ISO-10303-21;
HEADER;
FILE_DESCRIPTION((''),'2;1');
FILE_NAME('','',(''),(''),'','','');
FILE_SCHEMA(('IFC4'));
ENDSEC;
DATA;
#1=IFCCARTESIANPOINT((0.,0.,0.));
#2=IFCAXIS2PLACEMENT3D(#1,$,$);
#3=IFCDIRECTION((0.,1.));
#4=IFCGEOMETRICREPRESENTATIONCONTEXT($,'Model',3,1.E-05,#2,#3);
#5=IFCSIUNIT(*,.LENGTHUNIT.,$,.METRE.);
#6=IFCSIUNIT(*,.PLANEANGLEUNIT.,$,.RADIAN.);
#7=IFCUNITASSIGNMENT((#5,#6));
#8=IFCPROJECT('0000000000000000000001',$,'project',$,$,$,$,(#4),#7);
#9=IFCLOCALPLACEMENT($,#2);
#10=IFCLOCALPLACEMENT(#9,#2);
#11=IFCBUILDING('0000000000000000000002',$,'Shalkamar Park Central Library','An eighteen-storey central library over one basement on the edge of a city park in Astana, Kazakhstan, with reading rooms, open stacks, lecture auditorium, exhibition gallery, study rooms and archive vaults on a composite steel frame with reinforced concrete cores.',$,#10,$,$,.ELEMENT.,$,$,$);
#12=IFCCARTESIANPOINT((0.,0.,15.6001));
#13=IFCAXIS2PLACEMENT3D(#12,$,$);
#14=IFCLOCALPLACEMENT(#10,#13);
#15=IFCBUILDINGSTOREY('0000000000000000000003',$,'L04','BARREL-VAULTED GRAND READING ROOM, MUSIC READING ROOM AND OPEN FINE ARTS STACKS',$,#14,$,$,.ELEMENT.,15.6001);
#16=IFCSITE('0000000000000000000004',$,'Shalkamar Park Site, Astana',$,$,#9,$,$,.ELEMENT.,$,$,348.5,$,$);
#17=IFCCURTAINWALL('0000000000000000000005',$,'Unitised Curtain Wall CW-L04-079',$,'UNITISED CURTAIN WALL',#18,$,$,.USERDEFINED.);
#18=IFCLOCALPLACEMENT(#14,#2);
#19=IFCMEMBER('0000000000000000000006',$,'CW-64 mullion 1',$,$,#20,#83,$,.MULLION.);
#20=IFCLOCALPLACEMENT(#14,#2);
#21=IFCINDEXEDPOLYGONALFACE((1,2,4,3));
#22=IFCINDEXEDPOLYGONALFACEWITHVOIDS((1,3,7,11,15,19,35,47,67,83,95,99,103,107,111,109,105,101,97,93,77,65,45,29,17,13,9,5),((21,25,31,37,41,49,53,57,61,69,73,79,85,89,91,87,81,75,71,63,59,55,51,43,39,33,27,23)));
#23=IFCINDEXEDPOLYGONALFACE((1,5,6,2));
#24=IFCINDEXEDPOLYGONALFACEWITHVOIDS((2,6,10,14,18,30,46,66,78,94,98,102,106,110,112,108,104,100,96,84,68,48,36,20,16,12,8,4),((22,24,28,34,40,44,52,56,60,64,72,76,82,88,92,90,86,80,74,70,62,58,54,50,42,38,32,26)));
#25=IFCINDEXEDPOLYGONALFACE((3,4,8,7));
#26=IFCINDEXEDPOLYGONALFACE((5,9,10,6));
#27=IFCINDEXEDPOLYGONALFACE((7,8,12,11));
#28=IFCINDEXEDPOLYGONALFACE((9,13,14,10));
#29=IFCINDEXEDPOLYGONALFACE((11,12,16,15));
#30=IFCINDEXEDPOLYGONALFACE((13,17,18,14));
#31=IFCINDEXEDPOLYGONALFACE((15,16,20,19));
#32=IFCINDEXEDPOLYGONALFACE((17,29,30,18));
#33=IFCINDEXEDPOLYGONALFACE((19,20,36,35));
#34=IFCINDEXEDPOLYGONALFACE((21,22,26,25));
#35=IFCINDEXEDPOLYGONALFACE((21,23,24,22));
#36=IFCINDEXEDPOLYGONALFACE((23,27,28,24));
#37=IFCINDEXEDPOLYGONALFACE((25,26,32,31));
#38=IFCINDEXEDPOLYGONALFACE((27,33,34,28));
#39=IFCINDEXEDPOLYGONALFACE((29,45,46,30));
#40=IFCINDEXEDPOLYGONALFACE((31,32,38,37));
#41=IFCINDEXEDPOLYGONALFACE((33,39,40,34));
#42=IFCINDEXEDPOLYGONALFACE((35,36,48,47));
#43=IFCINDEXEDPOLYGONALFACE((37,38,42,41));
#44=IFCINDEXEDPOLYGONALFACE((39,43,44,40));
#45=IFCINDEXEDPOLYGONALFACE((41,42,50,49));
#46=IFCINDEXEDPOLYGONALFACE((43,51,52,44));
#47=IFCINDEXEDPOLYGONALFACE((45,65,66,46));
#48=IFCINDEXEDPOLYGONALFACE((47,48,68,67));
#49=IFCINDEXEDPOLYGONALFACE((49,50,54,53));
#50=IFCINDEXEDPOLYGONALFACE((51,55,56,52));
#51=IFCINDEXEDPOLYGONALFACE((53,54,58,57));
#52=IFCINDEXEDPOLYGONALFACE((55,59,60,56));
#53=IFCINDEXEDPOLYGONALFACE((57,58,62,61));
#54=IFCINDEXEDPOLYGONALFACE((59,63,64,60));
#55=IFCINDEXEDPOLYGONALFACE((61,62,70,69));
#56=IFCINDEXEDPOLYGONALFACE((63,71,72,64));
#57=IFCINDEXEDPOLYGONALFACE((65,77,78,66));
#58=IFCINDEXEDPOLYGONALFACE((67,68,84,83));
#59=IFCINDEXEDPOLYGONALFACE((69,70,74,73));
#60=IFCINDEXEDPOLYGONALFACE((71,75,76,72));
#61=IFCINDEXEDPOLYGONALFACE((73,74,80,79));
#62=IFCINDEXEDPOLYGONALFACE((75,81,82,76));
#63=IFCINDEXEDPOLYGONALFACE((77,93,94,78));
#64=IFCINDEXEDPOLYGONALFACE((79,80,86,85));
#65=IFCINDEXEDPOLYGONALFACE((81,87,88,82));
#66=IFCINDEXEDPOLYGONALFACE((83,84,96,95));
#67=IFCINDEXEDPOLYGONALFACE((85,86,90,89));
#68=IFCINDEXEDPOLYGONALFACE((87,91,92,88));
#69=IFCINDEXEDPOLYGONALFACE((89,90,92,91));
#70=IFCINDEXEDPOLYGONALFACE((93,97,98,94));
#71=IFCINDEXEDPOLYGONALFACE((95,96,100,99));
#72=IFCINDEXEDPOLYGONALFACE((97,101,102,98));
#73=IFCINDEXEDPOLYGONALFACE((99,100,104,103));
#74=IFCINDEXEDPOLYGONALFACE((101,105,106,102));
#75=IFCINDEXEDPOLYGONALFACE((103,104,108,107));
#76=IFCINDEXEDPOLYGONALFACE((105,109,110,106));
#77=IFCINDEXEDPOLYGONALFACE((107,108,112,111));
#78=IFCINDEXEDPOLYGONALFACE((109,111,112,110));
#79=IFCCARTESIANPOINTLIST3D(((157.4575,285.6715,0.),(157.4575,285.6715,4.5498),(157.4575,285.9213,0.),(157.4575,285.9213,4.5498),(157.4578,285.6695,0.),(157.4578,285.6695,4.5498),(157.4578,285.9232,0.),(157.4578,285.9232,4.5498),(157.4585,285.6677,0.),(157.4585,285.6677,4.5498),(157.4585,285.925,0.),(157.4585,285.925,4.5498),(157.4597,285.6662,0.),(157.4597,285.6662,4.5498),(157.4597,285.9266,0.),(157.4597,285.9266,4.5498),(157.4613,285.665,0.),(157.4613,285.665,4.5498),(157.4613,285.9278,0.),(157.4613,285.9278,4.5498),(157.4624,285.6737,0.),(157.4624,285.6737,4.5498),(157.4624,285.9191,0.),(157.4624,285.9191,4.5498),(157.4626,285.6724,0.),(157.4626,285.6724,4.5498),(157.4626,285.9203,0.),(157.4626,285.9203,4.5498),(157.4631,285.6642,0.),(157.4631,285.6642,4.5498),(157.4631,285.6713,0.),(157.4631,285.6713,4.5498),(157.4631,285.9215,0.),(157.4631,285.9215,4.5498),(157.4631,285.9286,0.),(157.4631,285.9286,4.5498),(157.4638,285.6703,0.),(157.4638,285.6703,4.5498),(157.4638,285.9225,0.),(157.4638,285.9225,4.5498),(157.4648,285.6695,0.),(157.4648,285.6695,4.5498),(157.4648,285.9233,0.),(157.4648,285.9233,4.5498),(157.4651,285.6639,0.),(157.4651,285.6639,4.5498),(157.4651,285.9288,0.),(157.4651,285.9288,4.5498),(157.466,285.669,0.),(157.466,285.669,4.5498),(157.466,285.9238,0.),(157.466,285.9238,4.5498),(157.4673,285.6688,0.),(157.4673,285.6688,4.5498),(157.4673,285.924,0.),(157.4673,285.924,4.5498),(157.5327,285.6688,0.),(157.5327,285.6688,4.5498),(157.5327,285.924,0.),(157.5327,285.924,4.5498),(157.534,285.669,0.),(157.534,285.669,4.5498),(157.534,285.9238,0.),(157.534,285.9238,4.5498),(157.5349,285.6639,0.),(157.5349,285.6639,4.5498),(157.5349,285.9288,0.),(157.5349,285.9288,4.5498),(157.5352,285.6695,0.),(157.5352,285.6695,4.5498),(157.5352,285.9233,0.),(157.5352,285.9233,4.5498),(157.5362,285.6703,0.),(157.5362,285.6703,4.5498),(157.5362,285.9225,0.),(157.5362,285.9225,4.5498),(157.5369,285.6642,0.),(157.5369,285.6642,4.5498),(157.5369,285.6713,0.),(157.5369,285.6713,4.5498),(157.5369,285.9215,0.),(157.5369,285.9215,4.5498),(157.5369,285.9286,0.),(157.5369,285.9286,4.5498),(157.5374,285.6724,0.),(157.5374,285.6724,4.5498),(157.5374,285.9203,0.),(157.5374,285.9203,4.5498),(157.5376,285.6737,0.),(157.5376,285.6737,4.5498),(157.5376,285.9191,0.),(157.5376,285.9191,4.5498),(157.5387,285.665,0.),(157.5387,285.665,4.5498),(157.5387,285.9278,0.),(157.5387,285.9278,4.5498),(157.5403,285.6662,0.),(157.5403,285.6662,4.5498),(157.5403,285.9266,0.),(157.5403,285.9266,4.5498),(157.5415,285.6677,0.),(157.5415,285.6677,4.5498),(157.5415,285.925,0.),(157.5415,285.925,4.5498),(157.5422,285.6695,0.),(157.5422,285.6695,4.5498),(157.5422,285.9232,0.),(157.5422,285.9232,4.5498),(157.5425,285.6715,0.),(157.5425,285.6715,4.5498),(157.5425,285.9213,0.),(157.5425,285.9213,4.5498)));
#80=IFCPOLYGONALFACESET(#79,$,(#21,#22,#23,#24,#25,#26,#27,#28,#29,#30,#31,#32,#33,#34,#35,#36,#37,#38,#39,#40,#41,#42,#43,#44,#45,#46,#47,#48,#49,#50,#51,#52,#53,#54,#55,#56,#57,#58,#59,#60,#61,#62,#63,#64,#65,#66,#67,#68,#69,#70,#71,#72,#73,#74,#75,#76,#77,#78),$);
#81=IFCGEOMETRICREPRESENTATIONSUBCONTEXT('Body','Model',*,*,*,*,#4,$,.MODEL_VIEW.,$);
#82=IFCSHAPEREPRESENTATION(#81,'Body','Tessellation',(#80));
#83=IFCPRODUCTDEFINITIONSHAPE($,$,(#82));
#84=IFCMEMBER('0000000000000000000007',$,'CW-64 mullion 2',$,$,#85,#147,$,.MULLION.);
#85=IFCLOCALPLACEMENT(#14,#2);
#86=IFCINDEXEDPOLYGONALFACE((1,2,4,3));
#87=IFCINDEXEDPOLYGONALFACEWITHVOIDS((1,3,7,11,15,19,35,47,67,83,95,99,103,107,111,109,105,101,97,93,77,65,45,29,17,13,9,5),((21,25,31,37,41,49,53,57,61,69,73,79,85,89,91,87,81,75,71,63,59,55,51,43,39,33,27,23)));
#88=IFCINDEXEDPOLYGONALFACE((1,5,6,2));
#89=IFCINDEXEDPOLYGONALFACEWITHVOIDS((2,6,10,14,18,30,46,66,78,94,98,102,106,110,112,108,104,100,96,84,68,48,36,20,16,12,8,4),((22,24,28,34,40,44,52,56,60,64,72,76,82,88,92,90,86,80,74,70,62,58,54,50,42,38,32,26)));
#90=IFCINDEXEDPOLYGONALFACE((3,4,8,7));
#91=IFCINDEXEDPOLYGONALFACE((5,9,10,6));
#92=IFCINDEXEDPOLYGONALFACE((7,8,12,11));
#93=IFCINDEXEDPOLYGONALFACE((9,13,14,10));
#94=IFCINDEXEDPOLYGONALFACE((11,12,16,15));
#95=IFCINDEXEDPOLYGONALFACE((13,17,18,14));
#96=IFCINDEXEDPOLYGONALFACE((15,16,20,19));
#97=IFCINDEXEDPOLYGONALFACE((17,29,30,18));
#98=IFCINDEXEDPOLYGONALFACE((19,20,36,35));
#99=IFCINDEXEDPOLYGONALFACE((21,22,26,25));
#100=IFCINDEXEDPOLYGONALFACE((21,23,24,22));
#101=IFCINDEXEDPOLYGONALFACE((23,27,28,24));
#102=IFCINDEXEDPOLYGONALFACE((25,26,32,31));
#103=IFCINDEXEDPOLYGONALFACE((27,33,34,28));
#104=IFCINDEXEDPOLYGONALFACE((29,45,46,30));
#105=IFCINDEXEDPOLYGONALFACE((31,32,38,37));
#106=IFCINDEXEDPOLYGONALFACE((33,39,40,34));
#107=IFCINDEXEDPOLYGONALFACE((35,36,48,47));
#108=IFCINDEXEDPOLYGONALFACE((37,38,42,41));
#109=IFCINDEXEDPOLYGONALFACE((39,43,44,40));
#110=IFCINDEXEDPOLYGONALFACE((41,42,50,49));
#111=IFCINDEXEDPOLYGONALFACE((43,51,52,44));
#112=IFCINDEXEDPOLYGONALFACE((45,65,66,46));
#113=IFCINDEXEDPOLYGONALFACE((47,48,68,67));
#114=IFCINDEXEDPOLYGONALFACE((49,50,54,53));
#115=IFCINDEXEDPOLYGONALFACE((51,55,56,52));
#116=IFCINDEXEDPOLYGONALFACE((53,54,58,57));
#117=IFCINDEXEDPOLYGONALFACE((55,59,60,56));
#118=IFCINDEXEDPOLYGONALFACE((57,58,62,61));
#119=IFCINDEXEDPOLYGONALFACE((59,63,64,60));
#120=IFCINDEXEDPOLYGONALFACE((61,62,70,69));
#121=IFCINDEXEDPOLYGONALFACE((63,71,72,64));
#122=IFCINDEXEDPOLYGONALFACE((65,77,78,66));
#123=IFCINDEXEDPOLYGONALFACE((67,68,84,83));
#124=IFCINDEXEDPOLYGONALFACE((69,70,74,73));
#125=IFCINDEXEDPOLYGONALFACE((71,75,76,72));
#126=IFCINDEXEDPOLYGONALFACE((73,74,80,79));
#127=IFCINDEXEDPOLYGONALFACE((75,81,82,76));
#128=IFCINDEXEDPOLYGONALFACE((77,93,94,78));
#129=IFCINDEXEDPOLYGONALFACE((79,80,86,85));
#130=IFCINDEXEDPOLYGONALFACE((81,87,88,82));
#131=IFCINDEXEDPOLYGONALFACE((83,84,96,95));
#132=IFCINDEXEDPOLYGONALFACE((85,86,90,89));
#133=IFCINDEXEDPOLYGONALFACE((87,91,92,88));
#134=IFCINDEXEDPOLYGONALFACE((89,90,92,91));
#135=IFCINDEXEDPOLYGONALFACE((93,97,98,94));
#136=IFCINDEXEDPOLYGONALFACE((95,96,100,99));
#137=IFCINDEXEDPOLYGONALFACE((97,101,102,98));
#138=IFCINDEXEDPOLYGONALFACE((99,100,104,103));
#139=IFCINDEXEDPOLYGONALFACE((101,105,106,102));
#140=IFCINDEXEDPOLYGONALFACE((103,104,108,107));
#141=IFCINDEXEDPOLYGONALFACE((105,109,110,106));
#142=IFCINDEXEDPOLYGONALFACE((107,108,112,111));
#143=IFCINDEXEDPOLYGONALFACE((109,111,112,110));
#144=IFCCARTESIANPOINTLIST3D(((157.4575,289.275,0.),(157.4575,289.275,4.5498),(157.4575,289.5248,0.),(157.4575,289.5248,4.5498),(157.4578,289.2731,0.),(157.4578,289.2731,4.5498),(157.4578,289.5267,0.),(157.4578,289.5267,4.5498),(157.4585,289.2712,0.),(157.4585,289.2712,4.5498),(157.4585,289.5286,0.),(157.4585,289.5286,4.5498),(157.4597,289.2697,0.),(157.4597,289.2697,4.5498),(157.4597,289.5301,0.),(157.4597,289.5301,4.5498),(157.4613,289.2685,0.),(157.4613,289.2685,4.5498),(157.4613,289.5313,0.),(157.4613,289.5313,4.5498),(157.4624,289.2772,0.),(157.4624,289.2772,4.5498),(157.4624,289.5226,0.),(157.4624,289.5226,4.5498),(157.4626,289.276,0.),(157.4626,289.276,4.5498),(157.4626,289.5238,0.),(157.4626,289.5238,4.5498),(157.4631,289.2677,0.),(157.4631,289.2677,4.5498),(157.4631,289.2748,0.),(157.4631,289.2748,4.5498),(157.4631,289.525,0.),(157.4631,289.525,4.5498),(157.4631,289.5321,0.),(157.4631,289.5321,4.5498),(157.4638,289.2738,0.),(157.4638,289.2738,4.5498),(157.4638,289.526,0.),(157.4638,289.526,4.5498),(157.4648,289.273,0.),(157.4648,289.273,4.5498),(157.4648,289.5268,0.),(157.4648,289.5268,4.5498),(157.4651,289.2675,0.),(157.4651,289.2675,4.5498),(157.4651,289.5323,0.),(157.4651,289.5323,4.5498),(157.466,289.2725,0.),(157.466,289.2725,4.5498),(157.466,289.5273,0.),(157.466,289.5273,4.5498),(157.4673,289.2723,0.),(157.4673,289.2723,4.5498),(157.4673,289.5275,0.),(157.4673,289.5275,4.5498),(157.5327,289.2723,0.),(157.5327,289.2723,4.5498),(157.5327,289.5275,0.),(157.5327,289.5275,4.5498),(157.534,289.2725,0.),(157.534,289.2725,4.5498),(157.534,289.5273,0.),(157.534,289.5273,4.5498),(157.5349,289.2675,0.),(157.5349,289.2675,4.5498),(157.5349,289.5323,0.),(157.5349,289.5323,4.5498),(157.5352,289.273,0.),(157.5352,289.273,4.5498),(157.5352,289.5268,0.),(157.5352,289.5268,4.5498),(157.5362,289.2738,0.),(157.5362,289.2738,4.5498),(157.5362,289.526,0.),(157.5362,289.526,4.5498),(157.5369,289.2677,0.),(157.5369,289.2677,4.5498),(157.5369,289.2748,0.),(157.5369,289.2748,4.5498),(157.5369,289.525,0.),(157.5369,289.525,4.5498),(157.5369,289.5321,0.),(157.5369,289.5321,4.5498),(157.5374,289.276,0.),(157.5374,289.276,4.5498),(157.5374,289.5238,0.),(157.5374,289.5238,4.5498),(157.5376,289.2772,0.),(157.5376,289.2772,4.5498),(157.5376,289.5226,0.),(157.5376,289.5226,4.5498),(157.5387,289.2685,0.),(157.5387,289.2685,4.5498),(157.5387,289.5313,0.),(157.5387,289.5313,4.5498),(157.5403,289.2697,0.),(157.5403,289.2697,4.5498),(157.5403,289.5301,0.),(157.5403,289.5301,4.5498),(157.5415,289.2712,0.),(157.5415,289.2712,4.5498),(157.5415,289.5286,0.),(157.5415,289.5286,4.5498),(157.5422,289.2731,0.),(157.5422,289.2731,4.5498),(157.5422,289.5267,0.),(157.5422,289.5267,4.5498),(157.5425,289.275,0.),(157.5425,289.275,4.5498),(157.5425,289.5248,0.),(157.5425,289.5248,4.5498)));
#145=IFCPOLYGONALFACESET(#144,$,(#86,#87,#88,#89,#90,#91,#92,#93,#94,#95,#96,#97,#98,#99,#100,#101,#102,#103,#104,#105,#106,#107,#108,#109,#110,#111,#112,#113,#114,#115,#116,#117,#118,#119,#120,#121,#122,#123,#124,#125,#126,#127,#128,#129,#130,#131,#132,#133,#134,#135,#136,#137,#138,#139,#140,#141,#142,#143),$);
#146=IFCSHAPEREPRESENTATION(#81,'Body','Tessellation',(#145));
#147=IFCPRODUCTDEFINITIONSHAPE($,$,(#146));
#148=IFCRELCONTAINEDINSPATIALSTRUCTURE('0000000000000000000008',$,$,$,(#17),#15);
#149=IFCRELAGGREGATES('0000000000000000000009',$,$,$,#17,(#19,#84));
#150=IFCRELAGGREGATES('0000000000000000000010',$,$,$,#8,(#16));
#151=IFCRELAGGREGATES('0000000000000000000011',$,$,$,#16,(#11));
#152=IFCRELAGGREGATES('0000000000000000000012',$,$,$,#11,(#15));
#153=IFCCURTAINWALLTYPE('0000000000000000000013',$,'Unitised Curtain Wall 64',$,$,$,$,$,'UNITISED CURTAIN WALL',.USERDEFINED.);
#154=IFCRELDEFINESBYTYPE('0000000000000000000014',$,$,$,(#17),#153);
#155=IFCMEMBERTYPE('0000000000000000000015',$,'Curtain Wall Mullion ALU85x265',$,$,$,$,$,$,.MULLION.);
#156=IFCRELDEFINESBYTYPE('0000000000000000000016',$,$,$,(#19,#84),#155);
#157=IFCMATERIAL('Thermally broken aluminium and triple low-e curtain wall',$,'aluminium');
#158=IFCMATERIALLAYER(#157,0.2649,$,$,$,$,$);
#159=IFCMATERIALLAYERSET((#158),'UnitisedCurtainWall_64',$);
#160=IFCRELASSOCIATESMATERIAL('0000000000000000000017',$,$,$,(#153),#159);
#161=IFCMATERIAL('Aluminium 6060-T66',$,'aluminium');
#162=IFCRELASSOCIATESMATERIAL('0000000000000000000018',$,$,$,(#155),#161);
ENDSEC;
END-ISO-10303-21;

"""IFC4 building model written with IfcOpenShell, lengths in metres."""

from ifc_helpers import new_model, si_unit, direction, frame, origin, origin_2d, place, context, subcontext, project, spatial, hollow_rectangle, extrude, material, layer, layer_set, material_profile, profile_set, type_object, element, aggregate, save


model = new_model("IFC4")

# Units and contexts
model_context = context("Model", 3, precision=1e-05, world=origin(), true_north=direction((0.0, 1.0)))
body_context = subcontext(model_context, "Body", "Model", "MODEL_VIEW")
ifc_project = project(units=[si_unit("LENGTHUNIT", "METRE"), si_unit("PLANEANGLEUNIT", "RADIAN")], contexts=[model_context])

# Site, building, storey
site_placement = place(None, origin())
site = spatial("IfcSite", under=ifc_project, at=site_placement, Name="Shalkamar Park Site, Astana", CompositionType="ELEMENT", RefElevation=348.5)
building_placement = place(site_placement, origin())
building = spatial("IfcBuilding", under=site, at=building_placement, Name="Shalkamar Park Central Library", Description="An eighteen-storey central library over one basement on the edge of a city park in Astana, Kazakhstan, with reading rooms, open stacks, lecture auditorium, exhibition gallery, study rooms and archive vaults on a composite steel frame with reinforced concrete cores.", CompositionType="ELEMENT")
storey_placement = place(building_placement, frame((0.0, 0.0, 15.6001)))
storey = spatial("IfcBuildingStorey", under=building, at=storey_placement, Name="L04", Description="BARREL-VAULTED GRAND READING ROOM, MUSIC READING ROOM AND OPEN FINE ARTS STACKS", CompositionType="ELEMENT", Elevation=15.6001)

# Curtain wall, members
ifc_material_1 = material(Name="Thermally broken aluminium and triple low-e curtain wall", Category="aluminium")
ifc_layer_1 = layer(ifc_material_1, 0.2649)
ifc_layer_set_1 = layer_set([ifc_layer_1], Name="UnitisedCurtainWall_64")
curtain_wall_type = type_object("IfcCurtainWallType", Name="Unitised Curtain Wall 64", ElementType="UNITISED CURTAIN WALL", PredefinedType="USERDEFINED", material=ifc_layer_set_1)
curtain_wall_placement = place(storey_placement, origin())
curtain_wall = element("IfcCurtainWall", 1, at=curtain_wall_placement, inside=storey, type_object=curtain_wall_type, Name="Unitised Curtain Wall CW-L04-079", ObjectType="UNITISED CURTAIN WALL", PredefinedType="USERDEFINED")
ifc_material_2 = material(Name="Aluminium 6060-T66", Category="aluminium")
ifc_material_profile_1 = material_profile(ifc_material_2, hollow_rectangle(XDim=0.085, YDim=0.2649, WallThickness=0.0049, InnerFilletRadius=0.0049, OuterFilletRadius=0.0076, at=origin_2d()), Name="ALU 85x265x5")
ifc_profile_set_1 = profile_set([ifc_material_profile_1], Name="Aluminium 6060-T66")
member_type_1 = type_object("IfcMemberType", Name="Curtain Wall Mullion ALU85x265", PredefinedType="MULLION", material=ifc_profile_set_1)
member_1_placement = place(storey_placement, frame((157.5, 285.7964, 0.0), z_axis=(0.0, 0.0, 1.0), x_axis=(-1.0, 0.0, 0.0)))
member_1 = element("IfcMember", 2, at=member_1_placement, type_object=member_type_1, Name="CW-64 mullion 1", PredefinedType="MULLION", context=body_context, shape_type="SweptSolid", body=[
    extrude(hollow_rectangle(XDim=0.085, YDim=0.2649, WallThickness=0.0049, InnerFilletRadius=0.0049, OuterFilletRadius=0.0076, at=origin_2d()), origin(), (0.0, 0.0, 1.0), 4.5498),
])
member_2_placement = place(storey_placement, frame((157.5, 289.3999, 0.0), z_axis=(0.0, 0.0, 1.0), x_axis=(-1.0, 0.0, 0.0)))
member_2 = element("IfcMember", 3, at=member_2_placement, type_object=member_type_1, Name="CW-64 mullion 2", PredefinedType="MULLION", context=body_context, shape_type="SweptSolid", body=[
    extrude(hollow_rectangle(XDim=0.085, YDim=0.2649, WallThickness=0.0049, InnerFilletRadius=0.0049, OuterFilletRadius=0.0076, at=origin_2d()), origin(), (0.0, 0.0, 1.0), 4.5498),
])

aggregate(curtain_wall, [member_1, member_2])

save(model, "model.ifc")
